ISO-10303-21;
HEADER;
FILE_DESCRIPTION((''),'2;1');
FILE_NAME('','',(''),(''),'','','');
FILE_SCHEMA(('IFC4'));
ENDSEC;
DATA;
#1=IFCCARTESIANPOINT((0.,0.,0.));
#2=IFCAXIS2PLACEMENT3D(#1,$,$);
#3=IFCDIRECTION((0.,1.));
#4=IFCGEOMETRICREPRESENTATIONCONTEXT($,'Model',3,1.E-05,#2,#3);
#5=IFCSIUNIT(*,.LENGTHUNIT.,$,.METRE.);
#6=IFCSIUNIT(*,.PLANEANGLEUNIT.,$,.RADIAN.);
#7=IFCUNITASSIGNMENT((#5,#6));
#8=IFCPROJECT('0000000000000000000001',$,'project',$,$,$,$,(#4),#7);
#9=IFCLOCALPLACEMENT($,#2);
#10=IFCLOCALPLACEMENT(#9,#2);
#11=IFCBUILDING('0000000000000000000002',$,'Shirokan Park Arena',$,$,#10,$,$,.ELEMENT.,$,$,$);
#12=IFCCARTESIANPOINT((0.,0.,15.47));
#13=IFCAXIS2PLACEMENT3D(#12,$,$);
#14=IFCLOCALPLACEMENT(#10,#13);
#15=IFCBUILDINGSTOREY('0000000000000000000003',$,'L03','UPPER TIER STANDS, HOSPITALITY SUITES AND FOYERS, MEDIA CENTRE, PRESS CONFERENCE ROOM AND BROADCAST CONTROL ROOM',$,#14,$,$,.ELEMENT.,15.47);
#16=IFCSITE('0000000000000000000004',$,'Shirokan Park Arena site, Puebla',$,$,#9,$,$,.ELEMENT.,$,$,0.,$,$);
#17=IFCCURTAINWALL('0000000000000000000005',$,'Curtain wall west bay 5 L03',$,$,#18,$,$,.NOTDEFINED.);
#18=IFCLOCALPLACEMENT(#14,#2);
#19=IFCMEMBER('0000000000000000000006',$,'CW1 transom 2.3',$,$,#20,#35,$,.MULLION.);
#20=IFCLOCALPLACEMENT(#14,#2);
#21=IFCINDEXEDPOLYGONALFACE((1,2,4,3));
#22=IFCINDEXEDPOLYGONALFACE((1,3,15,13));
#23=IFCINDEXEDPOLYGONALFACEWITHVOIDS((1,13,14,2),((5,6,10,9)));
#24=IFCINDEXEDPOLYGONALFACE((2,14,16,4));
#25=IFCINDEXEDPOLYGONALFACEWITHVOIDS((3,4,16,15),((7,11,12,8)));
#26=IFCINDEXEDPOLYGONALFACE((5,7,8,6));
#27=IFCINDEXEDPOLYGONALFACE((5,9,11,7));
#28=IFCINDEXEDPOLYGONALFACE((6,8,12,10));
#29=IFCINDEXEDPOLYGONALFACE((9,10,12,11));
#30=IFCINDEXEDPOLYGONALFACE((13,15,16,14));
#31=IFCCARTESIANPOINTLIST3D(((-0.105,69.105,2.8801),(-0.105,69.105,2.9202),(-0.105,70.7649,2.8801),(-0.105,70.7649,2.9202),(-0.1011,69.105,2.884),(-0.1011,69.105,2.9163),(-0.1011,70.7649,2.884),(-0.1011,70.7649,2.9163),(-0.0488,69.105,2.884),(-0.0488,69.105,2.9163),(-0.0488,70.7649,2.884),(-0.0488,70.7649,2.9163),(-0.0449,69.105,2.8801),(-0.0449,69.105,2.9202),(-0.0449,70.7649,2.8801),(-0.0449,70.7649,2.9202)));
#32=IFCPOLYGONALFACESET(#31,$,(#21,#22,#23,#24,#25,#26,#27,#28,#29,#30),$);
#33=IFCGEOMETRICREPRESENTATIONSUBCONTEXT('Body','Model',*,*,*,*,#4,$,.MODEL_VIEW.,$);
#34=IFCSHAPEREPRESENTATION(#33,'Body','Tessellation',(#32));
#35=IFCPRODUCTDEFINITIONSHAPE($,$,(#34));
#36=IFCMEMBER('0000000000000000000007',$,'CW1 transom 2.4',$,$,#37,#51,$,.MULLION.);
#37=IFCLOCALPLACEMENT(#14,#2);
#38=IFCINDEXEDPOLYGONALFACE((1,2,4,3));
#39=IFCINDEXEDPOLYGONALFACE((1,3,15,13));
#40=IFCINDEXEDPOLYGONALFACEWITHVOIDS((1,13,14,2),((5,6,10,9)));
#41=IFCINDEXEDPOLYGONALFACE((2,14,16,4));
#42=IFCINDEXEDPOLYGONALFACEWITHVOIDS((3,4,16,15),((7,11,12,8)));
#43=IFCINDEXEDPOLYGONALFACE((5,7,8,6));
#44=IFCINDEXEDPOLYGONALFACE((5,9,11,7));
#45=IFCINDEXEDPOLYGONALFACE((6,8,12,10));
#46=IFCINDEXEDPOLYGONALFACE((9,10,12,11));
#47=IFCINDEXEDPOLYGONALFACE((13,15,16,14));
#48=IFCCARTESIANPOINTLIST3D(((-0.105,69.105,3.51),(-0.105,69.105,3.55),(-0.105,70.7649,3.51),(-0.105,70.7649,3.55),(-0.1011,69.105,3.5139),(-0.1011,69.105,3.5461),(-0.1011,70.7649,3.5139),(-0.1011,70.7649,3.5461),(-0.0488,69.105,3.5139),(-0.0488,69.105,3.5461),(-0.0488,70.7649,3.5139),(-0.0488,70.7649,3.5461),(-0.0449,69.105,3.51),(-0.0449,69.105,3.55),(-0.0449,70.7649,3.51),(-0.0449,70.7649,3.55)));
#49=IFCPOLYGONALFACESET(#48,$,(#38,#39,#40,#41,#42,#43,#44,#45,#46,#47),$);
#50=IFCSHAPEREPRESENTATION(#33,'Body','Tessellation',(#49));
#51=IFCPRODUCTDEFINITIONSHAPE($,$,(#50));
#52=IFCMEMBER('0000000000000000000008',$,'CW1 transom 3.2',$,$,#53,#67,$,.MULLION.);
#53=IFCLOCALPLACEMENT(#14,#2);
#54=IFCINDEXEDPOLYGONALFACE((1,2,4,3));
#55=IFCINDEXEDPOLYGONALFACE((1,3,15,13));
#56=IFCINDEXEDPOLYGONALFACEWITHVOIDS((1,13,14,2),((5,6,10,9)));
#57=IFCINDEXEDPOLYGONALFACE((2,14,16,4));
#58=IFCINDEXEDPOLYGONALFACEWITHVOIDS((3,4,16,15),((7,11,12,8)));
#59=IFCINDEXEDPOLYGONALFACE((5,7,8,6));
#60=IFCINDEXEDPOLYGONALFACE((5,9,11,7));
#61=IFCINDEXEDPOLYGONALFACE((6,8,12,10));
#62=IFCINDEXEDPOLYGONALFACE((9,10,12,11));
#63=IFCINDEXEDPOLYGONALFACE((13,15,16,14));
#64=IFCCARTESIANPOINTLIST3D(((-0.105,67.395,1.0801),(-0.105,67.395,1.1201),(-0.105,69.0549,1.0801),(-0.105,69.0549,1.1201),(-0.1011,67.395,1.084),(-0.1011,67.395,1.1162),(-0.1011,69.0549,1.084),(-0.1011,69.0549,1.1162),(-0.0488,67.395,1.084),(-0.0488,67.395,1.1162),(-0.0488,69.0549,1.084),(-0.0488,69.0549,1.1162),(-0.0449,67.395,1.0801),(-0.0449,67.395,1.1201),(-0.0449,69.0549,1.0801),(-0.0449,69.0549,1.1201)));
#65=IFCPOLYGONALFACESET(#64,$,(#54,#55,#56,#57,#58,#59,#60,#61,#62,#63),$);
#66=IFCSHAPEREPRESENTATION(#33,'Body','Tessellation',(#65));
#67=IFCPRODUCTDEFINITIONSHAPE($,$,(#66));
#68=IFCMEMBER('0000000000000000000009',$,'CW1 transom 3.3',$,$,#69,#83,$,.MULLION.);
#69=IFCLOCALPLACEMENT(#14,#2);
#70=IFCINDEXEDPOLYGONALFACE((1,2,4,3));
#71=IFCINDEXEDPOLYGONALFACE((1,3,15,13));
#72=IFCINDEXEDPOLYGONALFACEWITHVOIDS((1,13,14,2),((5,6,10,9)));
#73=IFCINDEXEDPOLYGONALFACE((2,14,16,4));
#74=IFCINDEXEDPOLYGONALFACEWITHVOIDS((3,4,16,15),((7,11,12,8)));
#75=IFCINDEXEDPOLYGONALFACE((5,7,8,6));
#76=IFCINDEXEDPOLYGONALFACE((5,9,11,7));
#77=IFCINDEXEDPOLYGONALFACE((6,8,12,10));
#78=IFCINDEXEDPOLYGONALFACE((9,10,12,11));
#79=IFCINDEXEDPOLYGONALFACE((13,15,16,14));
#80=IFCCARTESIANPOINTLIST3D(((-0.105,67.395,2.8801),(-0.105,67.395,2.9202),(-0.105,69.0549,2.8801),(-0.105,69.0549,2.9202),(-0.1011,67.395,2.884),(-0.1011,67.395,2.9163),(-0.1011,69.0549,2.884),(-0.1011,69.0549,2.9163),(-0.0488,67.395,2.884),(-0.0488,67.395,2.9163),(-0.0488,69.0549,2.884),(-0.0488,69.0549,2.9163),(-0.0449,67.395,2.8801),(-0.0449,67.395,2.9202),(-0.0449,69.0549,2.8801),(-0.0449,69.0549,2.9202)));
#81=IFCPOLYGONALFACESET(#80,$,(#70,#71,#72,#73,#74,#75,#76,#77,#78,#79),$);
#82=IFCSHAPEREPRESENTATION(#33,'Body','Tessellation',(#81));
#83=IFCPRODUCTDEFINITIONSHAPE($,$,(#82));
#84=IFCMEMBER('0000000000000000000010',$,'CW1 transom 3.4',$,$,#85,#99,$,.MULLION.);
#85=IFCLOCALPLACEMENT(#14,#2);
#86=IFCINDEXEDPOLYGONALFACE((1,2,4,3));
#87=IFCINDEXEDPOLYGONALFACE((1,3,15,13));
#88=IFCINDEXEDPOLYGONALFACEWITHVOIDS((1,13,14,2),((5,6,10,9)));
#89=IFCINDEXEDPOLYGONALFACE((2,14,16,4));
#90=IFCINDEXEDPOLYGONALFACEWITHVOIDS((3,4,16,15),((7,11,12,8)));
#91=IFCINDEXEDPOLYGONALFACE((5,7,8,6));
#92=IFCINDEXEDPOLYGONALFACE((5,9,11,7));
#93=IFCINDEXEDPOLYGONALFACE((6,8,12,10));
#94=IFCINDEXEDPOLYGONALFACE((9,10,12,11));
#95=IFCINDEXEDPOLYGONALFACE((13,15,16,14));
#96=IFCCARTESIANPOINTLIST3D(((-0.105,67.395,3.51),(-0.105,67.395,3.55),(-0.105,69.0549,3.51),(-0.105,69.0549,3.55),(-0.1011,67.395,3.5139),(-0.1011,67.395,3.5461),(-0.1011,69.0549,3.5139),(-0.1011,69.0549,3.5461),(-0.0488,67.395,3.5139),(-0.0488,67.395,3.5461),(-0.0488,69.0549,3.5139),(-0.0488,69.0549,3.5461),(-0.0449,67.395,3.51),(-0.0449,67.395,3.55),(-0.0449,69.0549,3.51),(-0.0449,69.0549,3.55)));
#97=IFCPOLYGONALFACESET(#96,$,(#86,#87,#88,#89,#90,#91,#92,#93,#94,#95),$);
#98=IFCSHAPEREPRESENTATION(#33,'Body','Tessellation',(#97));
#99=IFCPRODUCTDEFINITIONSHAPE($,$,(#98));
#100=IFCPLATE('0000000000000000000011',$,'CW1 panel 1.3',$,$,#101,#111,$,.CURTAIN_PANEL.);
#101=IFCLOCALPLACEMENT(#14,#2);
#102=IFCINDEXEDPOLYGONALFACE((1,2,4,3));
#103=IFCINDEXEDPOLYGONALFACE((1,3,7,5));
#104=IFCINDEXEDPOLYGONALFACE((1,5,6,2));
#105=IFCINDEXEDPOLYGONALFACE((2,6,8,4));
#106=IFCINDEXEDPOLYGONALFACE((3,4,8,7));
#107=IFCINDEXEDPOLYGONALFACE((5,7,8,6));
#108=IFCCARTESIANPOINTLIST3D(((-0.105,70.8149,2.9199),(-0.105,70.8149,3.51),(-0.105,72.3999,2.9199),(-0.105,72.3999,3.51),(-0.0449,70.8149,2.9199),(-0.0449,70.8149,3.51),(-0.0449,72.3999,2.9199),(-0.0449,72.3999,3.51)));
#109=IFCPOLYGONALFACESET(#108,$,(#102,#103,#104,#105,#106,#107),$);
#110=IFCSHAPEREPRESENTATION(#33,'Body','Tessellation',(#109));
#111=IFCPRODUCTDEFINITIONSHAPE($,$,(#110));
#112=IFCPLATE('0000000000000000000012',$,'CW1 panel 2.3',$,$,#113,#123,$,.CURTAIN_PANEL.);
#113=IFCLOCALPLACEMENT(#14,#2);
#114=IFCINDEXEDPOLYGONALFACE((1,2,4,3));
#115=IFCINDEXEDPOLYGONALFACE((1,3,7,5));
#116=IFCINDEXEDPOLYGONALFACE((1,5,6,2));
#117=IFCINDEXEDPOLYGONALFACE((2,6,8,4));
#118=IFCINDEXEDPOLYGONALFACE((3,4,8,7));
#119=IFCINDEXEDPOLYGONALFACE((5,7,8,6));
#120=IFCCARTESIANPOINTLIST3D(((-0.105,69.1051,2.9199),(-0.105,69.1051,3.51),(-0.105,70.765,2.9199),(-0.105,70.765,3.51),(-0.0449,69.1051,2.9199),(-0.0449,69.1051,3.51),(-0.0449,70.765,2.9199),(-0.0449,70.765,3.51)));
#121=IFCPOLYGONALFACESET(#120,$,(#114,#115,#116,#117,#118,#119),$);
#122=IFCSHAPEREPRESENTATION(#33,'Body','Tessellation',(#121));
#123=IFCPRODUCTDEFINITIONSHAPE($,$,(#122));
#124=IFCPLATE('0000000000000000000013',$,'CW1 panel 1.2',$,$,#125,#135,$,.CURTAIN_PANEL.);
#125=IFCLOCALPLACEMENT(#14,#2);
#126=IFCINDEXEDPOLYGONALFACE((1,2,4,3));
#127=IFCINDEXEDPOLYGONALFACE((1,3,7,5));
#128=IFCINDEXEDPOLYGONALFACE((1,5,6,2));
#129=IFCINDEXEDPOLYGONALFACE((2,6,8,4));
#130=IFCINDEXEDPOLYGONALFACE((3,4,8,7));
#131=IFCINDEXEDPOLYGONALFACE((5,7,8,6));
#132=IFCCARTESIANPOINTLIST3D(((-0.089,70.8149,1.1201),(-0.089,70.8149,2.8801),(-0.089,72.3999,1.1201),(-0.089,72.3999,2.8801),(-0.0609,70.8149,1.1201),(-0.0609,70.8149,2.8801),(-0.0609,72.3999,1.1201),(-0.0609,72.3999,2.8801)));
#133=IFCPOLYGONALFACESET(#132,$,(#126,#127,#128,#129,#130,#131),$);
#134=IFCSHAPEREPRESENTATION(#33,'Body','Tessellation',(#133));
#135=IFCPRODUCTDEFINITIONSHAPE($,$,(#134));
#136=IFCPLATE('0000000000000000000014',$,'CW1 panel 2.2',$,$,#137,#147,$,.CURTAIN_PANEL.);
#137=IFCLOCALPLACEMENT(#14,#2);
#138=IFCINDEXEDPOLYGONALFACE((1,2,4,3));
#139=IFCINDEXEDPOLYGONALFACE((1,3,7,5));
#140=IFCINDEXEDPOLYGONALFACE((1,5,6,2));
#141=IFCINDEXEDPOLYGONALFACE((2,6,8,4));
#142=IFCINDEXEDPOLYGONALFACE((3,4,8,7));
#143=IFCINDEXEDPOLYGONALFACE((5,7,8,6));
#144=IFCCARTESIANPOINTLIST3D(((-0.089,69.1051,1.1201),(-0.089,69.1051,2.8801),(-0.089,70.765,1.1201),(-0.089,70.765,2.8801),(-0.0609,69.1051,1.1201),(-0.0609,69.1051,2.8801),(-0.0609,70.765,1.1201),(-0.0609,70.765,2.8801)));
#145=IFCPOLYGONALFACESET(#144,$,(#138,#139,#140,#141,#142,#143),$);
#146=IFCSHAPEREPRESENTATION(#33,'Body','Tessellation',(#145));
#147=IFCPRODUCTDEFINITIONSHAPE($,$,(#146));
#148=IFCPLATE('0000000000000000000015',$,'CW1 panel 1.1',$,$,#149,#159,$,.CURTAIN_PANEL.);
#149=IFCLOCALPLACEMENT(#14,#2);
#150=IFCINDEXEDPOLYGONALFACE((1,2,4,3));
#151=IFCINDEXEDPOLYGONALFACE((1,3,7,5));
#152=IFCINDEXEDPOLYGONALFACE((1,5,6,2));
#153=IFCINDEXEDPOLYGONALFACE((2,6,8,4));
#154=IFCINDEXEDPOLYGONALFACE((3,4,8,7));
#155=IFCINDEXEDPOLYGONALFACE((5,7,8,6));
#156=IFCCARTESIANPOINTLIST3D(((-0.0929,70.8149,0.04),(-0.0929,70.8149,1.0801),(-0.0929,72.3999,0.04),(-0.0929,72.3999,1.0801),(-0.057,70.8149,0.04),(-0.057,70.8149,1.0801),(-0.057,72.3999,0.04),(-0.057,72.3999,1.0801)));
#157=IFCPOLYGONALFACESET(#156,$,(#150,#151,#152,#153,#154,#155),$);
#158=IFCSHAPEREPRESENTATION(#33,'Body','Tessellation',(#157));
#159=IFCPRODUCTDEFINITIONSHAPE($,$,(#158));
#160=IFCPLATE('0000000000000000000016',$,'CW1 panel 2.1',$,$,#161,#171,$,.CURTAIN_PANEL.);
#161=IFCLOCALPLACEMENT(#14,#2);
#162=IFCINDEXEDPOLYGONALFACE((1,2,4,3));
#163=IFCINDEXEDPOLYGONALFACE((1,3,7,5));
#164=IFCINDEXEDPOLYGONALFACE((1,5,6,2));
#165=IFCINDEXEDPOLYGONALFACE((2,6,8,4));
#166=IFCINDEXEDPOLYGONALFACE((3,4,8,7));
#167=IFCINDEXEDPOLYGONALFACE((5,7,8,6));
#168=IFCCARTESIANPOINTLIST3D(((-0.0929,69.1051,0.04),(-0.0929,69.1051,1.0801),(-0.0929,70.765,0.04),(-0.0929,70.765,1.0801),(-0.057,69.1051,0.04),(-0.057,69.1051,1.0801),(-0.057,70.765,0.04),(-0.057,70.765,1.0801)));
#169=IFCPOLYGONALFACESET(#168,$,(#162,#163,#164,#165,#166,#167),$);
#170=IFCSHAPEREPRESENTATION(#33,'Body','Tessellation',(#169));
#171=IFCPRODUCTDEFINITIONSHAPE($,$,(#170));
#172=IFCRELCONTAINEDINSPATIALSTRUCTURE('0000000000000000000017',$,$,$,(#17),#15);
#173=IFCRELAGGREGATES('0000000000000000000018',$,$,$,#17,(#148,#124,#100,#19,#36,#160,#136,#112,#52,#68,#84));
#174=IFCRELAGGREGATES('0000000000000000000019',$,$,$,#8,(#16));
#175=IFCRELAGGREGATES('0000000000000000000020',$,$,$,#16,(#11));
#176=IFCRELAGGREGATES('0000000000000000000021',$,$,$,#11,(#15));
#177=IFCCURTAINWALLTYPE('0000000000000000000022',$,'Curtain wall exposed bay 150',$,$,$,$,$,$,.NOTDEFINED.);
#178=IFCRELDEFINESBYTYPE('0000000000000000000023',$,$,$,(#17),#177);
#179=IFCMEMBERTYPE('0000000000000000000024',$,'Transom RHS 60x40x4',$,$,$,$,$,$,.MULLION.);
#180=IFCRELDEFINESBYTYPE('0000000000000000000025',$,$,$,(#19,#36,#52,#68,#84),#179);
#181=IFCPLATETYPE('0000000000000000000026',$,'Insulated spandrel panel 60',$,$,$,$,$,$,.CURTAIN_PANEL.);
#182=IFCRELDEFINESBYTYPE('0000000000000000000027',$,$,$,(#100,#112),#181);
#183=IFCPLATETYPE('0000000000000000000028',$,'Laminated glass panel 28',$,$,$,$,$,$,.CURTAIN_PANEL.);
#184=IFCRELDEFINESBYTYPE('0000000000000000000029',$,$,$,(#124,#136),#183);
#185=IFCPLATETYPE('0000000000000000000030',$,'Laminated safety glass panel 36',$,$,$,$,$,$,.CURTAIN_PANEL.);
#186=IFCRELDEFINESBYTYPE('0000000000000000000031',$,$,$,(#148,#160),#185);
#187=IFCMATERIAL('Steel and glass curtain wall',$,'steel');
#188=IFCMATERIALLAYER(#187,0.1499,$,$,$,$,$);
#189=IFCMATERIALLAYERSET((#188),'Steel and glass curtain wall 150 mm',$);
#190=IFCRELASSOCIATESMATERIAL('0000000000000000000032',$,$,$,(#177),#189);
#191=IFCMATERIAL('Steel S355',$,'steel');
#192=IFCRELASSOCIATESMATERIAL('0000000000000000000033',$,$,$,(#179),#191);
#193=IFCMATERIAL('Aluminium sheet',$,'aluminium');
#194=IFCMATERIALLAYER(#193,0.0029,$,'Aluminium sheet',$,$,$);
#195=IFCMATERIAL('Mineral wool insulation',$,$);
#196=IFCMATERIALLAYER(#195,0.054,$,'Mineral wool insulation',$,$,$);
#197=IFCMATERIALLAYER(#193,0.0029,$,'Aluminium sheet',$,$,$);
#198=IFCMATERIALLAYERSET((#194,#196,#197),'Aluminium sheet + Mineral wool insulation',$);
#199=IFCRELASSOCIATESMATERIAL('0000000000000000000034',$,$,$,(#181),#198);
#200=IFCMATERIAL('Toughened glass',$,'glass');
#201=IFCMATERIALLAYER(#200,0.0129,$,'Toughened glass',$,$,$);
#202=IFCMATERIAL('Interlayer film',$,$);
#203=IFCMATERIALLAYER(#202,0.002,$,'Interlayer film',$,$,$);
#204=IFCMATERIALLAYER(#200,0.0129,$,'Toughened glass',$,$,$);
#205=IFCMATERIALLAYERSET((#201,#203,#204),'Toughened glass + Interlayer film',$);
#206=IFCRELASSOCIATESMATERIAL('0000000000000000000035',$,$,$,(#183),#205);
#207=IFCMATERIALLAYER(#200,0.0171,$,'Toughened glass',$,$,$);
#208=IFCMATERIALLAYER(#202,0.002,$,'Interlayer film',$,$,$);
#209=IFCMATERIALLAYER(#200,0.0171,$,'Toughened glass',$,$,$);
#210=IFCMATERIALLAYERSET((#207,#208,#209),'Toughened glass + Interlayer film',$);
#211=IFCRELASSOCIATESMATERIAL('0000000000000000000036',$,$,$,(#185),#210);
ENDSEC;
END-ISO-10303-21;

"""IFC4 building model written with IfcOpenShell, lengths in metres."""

from ifc_helpers import new_model, si_unit, direction, frame, origin, origin_2d, place, context, subcontext, project, spatial, rectangle, hollow_rectangle, extrude, material, layer, layer_set, material_profile, profile_set, type_object, element, aggregate, save


model = new_model("IFC4")

# Units and contexts
model_context = context("Model", 3, precision=1e-05, world=origin(), true_north=direction((0.0, 1.0)))
body_context = subcontext(model_context, "Body", "Model", "MODEL_VIEW")
ifc_project = project(units=[si_unit("LENGTHUNIT", "METRE"), si_unit("PLANEANGLEUNIT", "RADIAN")], contexts=[model_context])

# Site, building, storey
site_placement = place(None, origin())
site = spatial("IfcSite", under=ifc_project, at=site_placement, Name="Shirokan Park Arena site, Puebla", CompositionType="ELEMENT", RefElevation=0.0)
building_placement = place(site_placement, origin())
building = spatial("IfcBuilding", under=site, at=building_placement, Name="Shirokan Park Arena", CompositionType="ELEMENT")
storey_placement = place(building_placement, frame((0.0, 0.0, 15.47)))
storey = spatial("IfcBuildingStorey", under=building, at=storey_placement, Name="L03", Description="UPPER TIER STANDS, HOSPITALITY SUITES AND FOYERS, MEDIA CENTRE, PRESS CONFERENCE ROOM AND BROADCAST CONTROL ROOM", CompositionType="ELEMENT", Elevation=15.47)

# Curtain wall
ifc_material_1 = material(Name="Steel and glass curtain wall", Category="steel")
ifc_layer_1 = layer(ifc_material_1, 0.1499)
ifc_layer_set_1 = layer_set([ifc_layer_1], Name="Steel and glass curtain wall 150 mm")
curtain_wall_type = type_object("IfcCurtainWallType", Name="Curtain wall exposed bay 150", PredefinedType="NOTDEFINED", material=ifc_layer_set_1)
curtain_wall_placement = place(storey_placement, origin())
curtain_wall = element("IfcCurtainWall", 1, at=curtain_wall_placement, inside=storey, type_object=curtain_wall_type, Name="Curtain wall west bay 5 L03", PredefinedType="NOTDEFINED")
ifc_material_2 = material(Name="Steel S355", Category="steel")

# Members
ifc_material_profile_1 = material_profile(ifc_material_2, hollow_rectangle(XDim=0.0601, YDim=0.04, WallThickness=0.0039, at=origin_2d()), Name="RHS 60x40x4")
ifc_profile_set_1 = profile_set([ifc_material_profile_1], Name="Steel S355")
member_type_1 = type_object("IfcMemberType", Name="Transom RHS 60x40x4", PredefinedType="MULLION", material=ifc_profile_set_1)
member_1_placement = place(storey_placement, frame((-0.075, 70.7649, 2.9001), z_axis=(0.0, -1.0, 0.0), x_axis=(1.0, 0.0, 0.0)))
member_1 = element("IfcMember", 2, at=member_1_placement, type_object=member_type_1, Name="CW1 transom 2.3", PredefinedType="MULLION", context=body_context, shape_type="SweptSolid", body=[
    extrude(hollow_rectangle(XDim=0.0601, YDim=0.04, WallThickness=0.0039, at=origin_2d()), origin(), (0.0, 0.0, 1.0), 1.6599),
])
member_2_placement = place(storey_placement, frame((-0.075, 70.7649, 3.53), z_axis=(0.0, -1.0, 0.0), x_axis=(1.0, 0.0, 0.0)))
member_2 = element("IfcMember", 3, at=member_2_placement, type_object=member_type_1, Name="CW1 transom 2.4", PredefinedType="MULLION", context=body_context, shape_type="SweptSolid", body=[
    extrude(hollow_rectangle(XDim=0.0601, YDim=0.04, WallThickness=0.0039, at=origin_2d()), origin(), (0.0, 0.0, 1.0), 1.6599),
])
member_3_placement = place(storey_placement, frame((-0.075, 69.0549, 1.1001), z_axis=(0.0, -1.0, 0.0), x_axis=(1.0, 0.0, 0.0)))
member_3 = element("IfcMember", 4, at=member_3_placement, type_object=member_type_1, Name="CW1 transom 3.2", PredefinedType="MULLION", context=body_context, shape_type="SweptSolid", body=[
    extrude(hollow_rectangle(XDim=0.0601, YDim=0.04, WallThickness=0.0039, at=origin_2d()), origin(), (0.0, 0.0, 1.0), 1.6599),
])
member_4_placement = place(storey_placement, frame((-0.075, 69.0549, 2.9001), z_axis=(0.0, -1.0, 0.0), x_axis=(1.0, 0.0, 0.0)))
member_4 = element("IfcMember", 5, at=member_4_placement, type_object=member_type_1, Name="CW1 transom 3.3", PredefinedType="MULLION", context=body_context, shape_type="SweptSolid", body=[
    extrude(hollow_rectangle(XDim=0.0601, YDim=0.04, WallThickness=0.0039, at=origin_2d()), origin(), (0.0, 0.0, 1.0), 1.6599),
])
member_5_placement = place(storey_placement, frame((-0.075, 69.0549, 3.53), z_axis=(0.0, -1.0, 0.0), x_axis=(1.0, 0.0, 0.0)))
member_5 = element("IfcMember", 6, at=member_5_placement, type_object=member_type_1, Name="CW1 transom 3.4", PredefinedType="MULLION", context=body_context, shape_type="SweptSolid", body=[
    extrude(hollow_rectangle(XDim=0.0601, YDim=0.04, WallThickness=0.0039, at=origin_2d()), origin(), (0.0, 0.0, 1.0), 1.6599),
])

# Plates
ifc_material_3 = material(Name="Aluminium sheet", Category="aluminium")
ifc_layer_2 = layer(ifc_material_3, 0.0029, Name="Aluminium sheet")
ifc_material_4 = material(Name="Mineral wool insulation")
ifc_layer_3 = layer(ifc_material_4, 0.054, Name="Mineral wool insulation")
ifc_layer_4 = layer(ifc_material_3, 0.0029, Name="Aluminium sheet")
ifc_layer_set_2 = layer_set([ifc_layer_2, ifc_layer_3, ifc_layer_4], Name="Aluminium sheet + Mineral wool insulation")
plate_type_1 = type_object("IfcPlateType", Name="Insulated spandrel panel 60", PredefinedType="CURTAIN_PANEL", material=ifc_layer_set_2)
plate_1_placement = place(storey_placement, frame((-0.075, 71.6074, 2.9199), z_axis=(0.0, 0.0, 1.0), x_axis=(0.0, -1.0, 0.0)))
plate_1 = element("IfcPlate", 7, at=plate_1_placement, type_object=plate_type_1, Name="CW1 panel 1.3", PredefinedType="CURTAIN_PANEL", context=body_context, shape_type="SweptSolid", body=[
    extrude(rectangle(XDim=1.585, YDim=0.0601, at=origin_2d()), origin(), (0.0, 0.0, 1.0), 0.5901),
])
plate_2_placement = place(storey_placement, frame((-0.075, 69.9351, 2.9199), z_axis=(0.0, 0.0, 1.0), x_axis=(0.0, -1.0, 0.0)))
plate_2 = element("IfcPlate", 8, at=plate_2_placement, type_object=plate_type_1, Name="CW1 panel 2.3", PredefinedType="CURTAIN_PANEL", context=body_context, shape_type="SweptSolid", body=[
    extrude(rectangle(XDim=1.6599, YDim=0.0601, at=origin_2d()), origin(), (0.0, 0.0, 1.0), 0.5901),
])
ifc_material_5 = material(Name="Toughened glass", Category="glass")
ifc_layer_5 = layer(ifc_material_5, 0.0129, Name="Toughened glass")
ifc_material_6 = material(Name="Interlayer film")
ifc_layer_6 = layer(ifc_material_6, 0.002, Name="Interlayer film")
ifc_layer_7 = layer(ifc_material_5, 0.0129, Name="Toughened glass")
ifc_layer_set_3 = layer_set([ifc_layer_5, ifc_layer_6, ifc_layer_7], Name="Toughened glass + Interlayer film")
plate_type_2 = type_object("IfcPlateType", Name="Laminated glass panel 28", PredefinedType="CURTAIN_PANEL", material=ifc_layer_set_3)
plate_3_placement = place(storey_placement, frame((-0.075, 71.6074, 1.1201), z_axis=(0.0, 0.0, 1.0), x_axis=(0.0, -1.0, 0.0)))
plate_3 = element("IfcPlate", 9, at=plate_3_placement, type_object=plate_type_2, Name="CW1 panel 1.2", PredefinedType="CURTAIN_PANEL", context=body_context, shape_type="SweptSolid", body=[
    extrude(rectangle(XDim=1.585, YDim=0.0281, at=origin_2d()), origin(), (0.0, 0.0, 1.0), 1.76),
])
plate_4_placement = place(storey_placement, frame((-0.075, 69.9351, 1.1201), z_axis=(0.0, 0.0, 1.0), x_axis=(0.0, -1.0, 0.0)))
plate_4 = element("IfcPlate", 10, at=plate_4_placement, type_object=plate_type_2, Name="CW1 panel 2.2", PredefinedType="CURTAIN_PANEL", context=body_context, shape_type="SweptSolid", body=[
    extrude(rectangle(XDim=1.6599, YDim=0.0281, at=origin_2d()), origin(), (0.0, 0.0, 1.0), 1.76),
])
ifc_layer_8 = layer(ifc_material_5, 0.0171, Name="Toughened glass")
ifc_layer_9 = layer(ifc_material_6, 0.002, Name="Interlayer film")
ifc_layer_10 = layer(ifc_material_5, 0.0171, Name="Toughened glass")
ifc_layer_set_4 = layer_set([ifc_layer_8, ifc_layer_9, ifc_layer_10], Name="Toughened glass + Interlayer film")
plate_type_3 = type_object("IfcPlateType", Name="Laminated safety glass panel 36", PredefinedType="CURTAIN_PANEL", material=ifc_layer_set_4)
plate_5_placement = place(storey_placement, frame((-0.075, 71.6074, 0.04), z_axis=(0.0, 0.0, 1.0), x_axis=(0.0, -1.0, 0.0)))
plate_5 = element("IfcPlate", 11, at=plate_5_placement, type_object=plate_type_3, Name="CW1 panel 1.1", PredefinedType="CURTAIN_PANEL", context=body_context, shape_type="SweptSolid", body=[
    extrude(rectangle(XDim=1.585, YDim=0.0359, at=origin_2d()), origin(), (0.0, 0.0, 1.0), 1.04),
])
plate_6_placement = place(storey_placement, frame((-0.075, 69.9351, 0.04), z_axis=(0.0, 0.0, 1.0), x_axis=(0.0, -1.0, 0.0)))
plate_6 = element("IfcPlate", 12, at=plate_6_placement, type_object=plate_type_3, Name="CW1 panel 2.1", PredefinedType="CURTAIN_PANEL", context=body_context, shape_type="SweptSolid", body=[
    extrude(rectangle(XDim=1.6599, YDim=0.0359, at=origin_2d()), origin(), (0.0, 0.0, 1.0), 1.04),
])
aggregate(curtain_wall, [plate_5, plate_3, plate_1, member_1, member_2, plate_6, plate_4, plate_2, member_3, member_4, member_5])

save(model, "model.ifc")
